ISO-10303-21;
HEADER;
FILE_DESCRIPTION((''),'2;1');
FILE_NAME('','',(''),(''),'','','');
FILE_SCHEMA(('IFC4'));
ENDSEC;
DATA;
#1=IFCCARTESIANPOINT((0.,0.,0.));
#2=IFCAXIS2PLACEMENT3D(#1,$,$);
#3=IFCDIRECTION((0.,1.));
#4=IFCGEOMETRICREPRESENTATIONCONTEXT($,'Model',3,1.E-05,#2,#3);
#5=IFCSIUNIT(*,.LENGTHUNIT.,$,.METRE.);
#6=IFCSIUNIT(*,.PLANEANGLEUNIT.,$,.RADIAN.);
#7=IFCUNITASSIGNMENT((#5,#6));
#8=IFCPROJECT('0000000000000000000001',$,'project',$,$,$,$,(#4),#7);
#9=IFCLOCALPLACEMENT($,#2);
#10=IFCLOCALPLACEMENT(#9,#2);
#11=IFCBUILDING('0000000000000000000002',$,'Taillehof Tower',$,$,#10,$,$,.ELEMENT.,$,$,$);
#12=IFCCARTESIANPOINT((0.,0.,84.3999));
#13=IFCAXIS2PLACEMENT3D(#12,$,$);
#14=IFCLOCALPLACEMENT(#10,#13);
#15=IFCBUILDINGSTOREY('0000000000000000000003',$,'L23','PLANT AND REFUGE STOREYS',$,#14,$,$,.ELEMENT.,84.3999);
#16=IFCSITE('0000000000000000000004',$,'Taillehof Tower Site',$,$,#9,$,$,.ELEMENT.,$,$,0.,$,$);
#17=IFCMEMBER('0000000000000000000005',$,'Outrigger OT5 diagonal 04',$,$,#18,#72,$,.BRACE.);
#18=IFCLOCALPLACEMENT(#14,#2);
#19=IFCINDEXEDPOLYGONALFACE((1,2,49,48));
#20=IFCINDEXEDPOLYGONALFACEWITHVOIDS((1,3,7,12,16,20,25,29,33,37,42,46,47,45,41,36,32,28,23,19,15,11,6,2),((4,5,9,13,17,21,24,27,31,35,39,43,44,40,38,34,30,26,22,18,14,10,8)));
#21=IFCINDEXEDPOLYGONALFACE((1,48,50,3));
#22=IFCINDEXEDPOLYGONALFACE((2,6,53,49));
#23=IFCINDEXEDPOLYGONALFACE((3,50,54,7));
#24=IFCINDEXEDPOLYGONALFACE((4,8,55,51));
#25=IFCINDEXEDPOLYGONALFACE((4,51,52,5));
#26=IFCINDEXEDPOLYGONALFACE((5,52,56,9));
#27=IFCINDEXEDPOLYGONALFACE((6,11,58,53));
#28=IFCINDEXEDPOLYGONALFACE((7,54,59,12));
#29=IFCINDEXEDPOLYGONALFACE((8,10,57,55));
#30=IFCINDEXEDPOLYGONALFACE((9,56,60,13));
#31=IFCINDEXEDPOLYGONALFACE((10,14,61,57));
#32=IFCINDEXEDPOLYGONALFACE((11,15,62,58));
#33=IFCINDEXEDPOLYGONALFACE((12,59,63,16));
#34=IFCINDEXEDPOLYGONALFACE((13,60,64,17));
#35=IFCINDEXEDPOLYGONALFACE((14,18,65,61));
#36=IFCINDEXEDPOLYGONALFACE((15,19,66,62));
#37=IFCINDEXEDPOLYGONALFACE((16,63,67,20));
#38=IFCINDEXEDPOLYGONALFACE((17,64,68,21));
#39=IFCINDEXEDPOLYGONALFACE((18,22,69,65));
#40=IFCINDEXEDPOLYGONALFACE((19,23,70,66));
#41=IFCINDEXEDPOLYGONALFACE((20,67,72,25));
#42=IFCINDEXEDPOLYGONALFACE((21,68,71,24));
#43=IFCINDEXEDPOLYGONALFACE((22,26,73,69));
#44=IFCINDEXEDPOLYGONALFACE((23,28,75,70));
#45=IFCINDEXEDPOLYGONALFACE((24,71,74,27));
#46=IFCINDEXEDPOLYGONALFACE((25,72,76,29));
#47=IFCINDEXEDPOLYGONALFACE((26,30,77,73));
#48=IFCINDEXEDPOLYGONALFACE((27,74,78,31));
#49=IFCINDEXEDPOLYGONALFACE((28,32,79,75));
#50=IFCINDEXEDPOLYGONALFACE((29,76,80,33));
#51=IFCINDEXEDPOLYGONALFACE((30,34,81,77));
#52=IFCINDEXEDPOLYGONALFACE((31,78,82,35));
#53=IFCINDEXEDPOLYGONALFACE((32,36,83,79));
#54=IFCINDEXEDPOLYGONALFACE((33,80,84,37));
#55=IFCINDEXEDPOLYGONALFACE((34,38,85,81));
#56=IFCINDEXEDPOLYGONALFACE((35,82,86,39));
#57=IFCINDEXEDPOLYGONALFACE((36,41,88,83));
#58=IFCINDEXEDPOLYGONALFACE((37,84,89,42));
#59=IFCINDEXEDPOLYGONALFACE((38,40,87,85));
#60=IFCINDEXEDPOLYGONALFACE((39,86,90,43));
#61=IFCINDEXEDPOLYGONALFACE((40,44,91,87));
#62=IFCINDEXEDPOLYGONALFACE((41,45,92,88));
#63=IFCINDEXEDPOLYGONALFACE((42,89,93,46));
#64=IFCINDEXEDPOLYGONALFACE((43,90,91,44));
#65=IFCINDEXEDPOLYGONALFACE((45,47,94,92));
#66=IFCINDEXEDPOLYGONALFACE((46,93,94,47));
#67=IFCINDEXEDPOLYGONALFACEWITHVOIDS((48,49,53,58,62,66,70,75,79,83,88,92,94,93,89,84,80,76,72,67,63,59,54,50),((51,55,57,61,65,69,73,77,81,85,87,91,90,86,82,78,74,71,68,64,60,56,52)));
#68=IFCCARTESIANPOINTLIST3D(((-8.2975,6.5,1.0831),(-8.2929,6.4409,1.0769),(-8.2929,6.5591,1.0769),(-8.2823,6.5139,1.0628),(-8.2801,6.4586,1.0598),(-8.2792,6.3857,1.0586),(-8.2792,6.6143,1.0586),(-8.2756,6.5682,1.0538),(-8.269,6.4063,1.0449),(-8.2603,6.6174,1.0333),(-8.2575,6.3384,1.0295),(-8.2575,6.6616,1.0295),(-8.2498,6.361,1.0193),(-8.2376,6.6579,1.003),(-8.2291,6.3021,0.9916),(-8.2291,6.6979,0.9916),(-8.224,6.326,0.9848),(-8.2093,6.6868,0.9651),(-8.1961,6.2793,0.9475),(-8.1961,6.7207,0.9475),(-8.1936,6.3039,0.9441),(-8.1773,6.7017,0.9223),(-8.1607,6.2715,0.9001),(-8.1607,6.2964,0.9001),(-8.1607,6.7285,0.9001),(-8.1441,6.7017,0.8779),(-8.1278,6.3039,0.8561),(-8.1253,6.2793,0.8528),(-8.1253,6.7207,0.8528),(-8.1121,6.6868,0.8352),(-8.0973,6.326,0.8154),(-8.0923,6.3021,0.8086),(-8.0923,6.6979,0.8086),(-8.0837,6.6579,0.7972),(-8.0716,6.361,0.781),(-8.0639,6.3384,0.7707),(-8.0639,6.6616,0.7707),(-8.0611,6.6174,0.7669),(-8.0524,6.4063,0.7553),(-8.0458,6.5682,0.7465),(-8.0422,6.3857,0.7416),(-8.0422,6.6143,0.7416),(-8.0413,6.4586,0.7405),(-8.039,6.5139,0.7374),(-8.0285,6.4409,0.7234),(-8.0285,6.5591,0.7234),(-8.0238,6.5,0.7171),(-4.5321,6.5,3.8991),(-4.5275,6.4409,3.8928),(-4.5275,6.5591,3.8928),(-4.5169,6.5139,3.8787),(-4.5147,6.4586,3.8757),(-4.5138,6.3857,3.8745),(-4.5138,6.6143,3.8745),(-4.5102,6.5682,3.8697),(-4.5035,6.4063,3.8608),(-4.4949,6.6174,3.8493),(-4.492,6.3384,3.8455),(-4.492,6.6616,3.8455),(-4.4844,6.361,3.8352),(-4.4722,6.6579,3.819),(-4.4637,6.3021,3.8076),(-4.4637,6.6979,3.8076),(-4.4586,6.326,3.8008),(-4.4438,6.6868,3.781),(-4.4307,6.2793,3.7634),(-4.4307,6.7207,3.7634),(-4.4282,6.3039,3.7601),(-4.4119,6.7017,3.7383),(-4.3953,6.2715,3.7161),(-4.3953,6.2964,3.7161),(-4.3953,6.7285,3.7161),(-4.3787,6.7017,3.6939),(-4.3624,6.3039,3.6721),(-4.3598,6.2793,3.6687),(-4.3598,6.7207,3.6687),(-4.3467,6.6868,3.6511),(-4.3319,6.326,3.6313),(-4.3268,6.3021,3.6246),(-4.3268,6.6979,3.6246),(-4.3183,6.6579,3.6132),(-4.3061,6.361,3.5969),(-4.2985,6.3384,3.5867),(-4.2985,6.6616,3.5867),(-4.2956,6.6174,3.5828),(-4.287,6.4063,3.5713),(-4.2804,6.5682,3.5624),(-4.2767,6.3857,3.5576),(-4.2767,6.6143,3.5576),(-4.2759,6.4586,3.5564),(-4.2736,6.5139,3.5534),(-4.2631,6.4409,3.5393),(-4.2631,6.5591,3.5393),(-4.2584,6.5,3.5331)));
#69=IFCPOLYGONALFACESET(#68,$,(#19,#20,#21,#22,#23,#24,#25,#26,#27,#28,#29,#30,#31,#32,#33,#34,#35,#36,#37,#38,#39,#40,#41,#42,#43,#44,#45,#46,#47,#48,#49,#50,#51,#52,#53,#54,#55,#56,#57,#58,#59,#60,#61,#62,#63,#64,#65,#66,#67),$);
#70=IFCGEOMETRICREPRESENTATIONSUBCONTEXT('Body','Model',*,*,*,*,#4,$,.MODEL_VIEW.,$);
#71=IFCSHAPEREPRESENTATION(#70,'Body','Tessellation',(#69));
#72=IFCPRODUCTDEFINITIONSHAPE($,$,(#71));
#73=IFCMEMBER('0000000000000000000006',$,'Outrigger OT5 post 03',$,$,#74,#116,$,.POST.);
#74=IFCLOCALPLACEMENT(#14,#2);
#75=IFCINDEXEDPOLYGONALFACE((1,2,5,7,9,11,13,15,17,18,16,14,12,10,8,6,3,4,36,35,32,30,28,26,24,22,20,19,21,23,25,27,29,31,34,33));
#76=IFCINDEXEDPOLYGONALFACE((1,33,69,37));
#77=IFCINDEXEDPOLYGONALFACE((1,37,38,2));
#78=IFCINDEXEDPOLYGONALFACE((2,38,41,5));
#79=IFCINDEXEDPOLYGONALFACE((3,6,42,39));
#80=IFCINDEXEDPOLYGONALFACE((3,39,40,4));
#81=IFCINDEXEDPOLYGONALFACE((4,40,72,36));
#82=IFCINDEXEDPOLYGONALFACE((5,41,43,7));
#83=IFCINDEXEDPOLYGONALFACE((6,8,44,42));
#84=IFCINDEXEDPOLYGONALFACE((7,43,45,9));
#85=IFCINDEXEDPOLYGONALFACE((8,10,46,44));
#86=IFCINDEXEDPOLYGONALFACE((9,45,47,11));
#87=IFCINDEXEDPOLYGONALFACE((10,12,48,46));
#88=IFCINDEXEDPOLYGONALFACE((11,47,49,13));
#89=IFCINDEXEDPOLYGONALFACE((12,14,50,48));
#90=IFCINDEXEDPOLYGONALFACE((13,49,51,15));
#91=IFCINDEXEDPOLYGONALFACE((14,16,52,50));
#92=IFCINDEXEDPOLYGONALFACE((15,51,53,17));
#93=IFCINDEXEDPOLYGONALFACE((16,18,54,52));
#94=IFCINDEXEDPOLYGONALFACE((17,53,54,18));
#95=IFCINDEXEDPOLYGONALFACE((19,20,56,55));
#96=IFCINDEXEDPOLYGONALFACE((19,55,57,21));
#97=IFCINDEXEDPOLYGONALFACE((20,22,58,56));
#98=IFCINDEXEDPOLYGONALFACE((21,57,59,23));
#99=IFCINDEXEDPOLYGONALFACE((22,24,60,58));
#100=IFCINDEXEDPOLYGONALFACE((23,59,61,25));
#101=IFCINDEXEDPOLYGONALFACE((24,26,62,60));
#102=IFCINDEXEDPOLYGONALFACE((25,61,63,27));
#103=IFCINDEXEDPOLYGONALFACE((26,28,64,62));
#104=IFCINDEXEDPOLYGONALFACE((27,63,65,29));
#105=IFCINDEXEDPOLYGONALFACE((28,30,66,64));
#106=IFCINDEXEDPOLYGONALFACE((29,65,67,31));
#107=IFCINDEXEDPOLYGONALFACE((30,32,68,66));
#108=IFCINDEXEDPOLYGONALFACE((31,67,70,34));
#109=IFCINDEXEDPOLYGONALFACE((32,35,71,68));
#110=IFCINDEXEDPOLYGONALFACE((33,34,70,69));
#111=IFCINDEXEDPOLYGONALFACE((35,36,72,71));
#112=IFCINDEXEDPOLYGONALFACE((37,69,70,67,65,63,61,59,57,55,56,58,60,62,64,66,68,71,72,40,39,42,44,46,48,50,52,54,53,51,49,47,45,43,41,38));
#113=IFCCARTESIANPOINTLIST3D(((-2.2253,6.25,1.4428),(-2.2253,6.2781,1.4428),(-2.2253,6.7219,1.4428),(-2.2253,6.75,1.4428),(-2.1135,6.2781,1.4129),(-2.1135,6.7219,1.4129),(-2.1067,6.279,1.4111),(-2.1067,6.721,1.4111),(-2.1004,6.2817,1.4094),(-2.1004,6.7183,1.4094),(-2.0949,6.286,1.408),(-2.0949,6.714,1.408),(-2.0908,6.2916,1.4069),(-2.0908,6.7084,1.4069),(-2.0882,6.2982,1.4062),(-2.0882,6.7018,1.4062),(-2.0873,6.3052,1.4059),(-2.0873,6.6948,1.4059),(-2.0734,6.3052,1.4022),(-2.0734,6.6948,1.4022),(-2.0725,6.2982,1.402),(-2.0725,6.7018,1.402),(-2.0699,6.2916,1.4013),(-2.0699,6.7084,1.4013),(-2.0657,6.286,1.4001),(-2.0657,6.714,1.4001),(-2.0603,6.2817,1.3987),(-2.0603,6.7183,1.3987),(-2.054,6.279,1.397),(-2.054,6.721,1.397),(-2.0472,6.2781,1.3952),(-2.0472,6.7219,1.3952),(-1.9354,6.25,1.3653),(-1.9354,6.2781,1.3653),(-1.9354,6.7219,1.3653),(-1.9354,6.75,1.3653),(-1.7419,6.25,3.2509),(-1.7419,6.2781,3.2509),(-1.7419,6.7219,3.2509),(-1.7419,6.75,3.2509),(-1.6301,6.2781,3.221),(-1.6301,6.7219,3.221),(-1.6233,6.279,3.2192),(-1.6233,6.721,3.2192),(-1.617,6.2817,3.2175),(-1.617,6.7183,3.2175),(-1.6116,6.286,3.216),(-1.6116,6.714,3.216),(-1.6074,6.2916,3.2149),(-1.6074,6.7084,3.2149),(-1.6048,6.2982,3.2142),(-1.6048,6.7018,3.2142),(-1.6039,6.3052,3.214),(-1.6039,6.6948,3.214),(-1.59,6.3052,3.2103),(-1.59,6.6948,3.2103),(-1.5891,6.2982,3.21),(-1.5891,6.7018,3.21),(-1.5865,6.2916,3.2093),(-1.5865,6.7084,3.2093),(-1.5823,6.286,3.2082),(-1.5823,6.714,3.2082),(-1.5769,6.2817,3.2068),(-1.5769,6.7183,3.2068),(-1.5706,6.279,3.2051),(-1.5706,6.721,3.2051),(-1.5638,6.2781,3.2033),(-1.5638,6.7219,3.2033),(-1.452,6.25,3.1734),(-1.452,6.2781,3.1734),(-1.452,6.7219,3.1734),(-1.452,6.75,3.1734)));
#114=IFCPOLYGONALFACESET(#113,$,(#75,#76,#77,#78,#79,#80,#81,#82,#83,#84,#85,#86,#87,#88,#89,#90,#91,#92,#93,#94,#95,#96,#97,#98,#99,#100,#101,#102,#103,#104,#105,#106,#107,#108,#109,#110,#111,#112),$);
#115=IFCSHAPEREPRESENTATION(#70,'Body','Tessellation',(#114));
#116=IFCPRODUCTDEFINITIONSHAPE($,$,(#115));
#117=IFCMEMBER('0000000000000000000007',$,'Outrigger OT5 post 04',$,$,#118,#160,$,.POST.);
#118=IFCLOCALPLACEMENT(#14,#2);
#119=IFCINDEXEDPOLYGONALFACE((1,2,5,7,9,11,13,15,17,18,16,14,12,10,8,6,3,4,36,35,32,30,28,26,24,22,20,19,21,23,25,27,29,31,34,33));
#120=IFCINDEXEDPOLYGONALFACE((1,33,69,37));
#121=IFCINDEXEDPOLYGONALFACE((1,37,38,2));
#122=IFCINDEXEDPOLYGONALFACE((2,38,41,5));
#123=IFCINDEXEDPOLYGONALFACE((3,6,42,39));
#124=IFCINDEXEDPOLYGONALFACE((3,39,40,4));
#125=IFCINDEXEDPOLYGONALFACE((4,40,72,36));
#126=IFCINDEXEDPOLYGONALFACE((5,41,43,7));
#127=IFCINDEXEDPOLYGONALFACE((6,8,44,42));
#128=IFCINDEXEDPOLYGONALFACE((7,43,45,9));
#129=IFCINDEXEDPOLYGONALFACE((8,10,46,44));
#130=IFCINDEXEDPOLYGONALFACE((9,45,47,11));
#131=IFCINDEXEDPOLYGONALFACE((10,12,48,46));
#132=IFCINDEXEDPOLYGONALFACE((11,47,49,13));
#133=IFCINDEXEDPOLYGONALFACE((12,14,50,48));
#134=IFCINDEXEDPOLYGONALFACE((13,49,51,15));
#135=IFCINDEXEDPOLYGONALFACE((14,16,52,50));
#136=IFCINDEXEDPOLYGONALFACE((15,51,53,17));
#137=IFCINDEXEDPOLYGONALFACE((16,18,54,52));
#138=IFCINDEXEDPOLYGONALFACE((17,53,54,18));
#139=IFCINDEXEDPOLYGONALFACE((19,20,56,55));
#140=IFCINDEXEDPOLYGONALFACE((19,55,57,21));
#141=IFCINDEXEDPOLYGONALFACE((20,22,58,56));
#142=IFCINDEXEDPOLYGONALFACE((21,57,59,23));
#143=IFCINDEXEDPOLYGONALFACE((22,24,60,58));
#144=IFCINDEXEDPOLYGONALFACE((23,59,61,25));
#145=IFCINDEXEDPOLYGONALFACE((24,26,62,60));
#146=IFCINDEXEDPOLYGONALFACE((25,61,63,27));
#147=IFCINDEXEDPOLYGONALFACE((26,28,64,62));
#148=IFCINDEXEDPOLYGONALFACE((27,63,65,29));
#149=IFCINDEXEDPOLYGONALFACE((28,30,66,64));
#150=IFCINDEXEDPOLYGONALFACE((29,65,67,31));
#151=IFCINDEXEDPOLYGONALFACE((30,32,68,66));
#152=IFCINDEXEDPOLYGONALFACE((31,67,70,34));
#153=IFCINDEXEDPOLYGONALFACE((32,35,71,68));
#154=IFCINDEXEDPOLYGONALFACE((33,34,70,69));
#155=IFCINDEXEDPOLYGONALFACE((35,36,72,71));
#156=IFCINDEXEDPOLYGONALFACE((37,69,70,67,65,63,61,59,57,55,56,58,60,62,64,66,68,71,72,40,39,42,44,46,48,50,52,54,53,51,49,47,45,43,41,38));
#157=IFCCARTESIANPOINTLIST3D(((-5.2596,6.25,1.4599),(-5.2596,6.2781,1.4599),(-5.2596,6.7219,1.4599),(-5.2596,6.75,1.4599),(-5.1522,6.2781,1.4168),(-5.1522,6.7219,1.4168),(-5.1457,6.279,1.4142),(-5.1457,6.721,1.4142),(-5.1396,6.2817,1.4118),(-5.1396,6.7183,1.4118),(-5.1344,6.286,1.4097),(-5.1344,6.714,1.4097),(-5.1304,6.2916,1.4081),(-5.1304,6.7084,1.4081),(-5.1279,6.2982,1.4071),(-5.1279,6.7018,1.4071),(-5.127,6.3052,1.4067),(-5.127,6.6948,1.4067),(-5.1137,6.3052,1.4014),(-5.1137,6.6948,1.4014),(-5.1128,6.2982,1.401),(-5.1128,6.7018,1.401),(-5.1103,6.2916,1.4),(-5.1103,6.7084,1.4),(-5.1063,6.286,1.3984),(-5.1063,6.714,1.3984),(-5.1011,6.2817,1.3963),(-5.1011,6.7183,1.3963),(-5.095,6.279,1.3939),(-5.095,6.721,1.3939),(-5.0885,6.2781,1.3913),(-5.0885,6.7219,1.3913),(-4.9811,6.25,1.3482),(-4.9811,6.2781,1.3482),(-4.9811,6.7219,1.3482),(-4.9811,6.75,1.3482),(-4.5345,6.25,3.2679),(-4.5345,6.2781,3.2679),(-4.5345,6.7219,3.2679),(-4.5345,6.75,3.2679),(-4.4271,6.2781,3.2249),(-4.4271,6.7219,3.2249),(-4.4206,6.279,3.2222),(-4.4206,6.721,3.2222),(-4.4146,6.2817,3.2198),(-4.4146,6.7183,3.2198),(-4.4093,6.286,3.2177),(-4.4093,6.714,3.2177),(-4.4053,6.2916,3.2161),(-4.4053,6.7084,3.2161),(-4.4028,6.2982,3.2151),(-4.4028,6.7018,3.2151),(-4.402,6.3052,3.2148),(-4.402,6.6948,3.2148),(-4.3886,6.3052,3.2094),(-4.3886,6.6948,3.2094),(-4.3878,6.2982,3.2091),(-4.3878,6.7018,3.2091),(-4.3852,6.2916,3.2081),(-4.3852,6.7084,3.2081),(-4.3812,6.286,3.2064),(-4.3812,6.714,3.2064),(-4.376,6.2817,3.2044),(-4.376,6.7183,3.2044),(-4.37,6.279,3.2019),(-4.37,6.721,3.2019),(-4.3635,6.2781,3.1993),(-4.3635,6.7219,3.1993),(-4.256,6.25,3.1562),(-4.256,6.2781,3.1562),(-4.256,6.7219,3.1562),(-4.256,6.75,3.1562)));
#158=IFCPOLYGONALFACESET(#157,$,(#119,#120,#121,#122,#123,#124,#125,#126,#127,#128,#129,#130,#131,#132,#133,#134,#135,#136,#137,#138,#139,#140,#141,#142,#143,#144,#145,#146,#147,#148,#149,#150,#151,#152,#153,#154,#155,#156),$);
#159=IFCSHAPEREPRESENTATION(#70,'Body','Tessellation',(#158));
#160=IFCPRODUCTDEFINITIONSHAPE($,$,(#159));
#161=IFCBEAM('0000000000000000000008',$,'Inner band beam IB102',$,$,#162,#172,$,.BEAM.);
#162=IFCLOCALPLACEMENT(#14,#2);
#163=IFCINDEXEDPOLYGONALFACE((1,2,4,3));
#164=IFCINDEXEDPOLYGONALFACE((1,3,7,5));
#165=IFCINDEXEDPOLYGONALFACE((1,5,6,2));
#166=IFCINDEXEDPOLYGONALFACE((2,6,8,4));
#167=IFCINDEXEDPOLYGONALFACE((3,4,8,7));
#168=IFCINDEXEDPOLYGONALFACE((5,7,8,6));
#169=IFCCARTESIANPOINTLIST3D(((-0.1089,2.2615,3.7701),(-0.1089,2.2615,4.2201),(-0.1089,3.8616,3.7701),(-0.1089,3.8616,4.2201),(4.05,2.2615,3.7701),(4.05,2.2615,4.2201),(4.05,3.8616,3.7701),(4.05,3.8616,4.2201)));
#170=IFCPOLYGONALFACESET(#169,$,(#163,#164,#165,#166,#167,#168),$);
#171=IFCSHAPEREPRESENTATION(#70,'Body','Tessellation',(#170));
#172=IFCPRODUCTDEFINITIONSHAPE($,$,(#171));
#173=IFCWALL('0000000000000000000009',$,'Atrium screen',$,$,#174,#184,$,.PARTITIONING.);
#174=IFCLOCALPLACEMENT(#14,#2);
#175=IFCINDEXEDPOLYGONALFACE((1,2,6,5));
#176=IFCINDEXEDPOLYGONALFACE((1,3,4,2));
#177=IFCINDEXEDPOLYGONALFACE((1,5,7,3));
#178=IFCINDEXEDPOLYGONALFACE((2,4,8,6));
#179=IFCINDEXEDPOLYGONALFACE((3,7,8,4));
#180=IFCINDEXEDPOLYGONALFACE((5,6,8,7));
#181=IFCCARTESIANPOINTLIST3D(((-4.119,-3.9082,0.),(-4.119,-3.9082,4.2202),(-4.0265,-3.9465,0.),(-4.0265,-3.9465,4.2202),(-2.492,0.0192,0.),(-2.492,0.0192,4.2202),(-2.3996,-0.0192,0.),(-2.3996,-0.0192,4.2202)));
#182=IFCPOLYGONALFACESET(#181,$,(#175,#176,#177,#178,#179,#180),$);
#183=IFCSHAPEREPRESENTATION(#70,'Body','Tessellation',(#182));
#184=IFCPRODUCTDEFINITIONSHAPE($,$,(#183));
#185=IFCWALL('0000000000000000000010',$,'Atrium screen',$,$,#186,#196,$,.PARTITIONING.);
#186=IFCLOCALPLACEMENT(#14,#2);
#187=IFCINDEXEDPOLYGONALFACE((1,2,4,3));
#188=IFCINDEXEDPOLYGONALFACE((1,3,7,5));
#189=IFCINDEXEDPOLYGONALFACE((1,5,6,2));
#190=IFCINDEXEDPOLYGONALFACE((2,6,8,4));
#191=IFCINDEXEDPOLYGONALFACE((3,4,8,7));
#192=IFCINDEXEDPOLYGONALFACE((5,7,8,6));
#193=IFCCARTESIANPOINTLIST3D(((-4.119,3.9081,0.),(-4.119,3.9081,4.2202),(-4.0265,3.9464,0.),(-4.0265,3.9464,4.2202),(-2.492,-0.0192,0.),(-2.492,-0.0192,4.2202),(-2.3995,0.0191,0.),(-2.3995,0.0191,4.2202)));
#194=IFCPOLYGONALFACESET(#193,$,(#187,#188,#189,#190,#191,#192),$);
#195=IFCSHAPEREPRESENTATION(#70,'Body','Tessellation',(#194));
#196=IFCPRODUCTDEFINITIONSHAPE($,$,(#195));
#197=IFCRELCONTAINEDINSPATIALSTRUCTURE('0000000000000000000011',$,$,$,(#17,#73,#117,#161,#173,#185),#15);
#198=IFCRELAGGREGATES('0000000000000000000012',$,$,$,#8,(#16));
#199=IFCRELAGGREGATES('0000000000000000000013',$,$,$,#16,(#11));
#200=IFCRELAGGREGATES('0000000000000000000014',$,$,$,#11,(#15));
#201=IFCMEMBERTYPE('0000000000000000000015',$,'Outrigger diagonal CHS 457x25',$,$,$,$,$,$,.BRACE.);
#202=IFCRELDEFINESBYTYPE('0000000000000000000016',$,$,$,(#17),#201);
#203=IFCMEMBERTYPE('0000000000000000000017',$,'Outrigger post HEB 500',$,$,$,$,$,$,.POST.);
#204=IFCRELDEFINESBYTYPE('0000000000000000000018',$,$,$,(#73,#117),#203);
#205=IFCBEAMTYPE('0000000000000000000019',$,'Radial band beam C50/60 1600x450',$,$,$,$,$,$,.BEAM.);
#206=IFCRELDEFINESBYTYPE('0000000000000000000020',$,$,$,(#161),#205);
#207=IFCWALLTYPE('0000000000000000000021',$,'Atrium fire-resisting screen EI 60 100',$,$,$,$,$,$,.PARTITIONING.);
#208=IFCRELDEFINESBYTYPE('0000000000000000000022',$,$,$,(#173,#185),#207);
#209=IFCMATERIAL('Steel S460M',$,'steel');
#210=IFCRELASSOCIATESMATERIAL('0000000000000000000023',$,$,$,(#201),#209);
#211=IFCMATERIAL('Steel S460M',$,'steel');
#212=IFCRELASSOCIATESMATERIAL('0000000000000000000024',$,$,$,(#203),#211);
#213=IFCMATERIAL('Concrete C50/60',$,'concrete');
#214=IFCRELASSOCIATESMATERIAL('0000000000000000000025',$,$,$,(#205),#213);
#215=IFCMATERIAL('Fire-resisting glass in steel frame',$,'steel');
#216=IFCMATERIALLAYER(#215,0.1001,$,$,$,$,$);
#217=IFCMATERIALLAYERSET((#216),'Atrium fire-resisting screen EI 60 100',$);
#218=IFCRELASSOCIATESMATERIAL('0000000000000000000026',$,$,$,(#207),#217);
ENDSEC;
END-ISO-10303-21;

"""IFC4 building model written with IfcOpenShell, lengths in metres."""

from ifc_helpers import new_model, si_unit, direction, frame, frame_2d, origin, origin_2d, place, context, subcontext, project, spatial, rectangle, hollow_circle, i_section, extrude, material, layer, layer_set, material_profile, profile_set, type_object, element, save


model = new_model("IFC4")

# Units and contexts
model_context = context("Model", 3, precision=1e-05, world=origin(), true_north=direction((0.0, 1.0)))
body_context = subcontext(model_context, "Body", "Model", "MODEL_VIEW")
ifc_project = project(units=[si_unit("LENGTHUNIT", "METRE"), si_unit("PLANEANGLEUNIT", "RADIAN")], contexts=[model_context])

# Site, building, storey
site_placement = place(None, origin())
site = spatial("IfcSite", under=ifc_project, at=site_placement, Name="Taillehof Tower Site", CompositionType="ELEMENT", RefElevation=0.0)
building_placement = place(site_placement, origin())
building = spatial("IfcBuilding", under=site, at=building_placement, Name="Taillehof Tower", CompositionType="ELEMENT")
storey_placement = place(building_placement, frame((0.0, 0.0, 84.3999)))
storey = spatial("IfcBuildingStorey", under=building, at=storey_placement, Name="L23", Description="PLANT AND REFUGE STOREYS", CompositionType="ELEMENT", Elevation=84.3999)

# Members
ifc_material_1 = material(Name="Steel S460M", Category="steel")
ifc_material_profile_1 = material_profile(ifc_material_1, hollow_circle(Radius=0.2285, WallThickness=0.0249, at=origin_2d()), Name="CHS 457x25")
ifc_profile_set_1 = profile_set([ifc_material_profile_1], Name="Steel S460M")
member_type_1 = type_object("IfcMemberType", Name="Outrigger diagonal CHS 457x25", PredefinedType="BRACE", material=ifc_profile_set_1)
member_1_placement = place(storey_placement, frame((-4.3953, 6.5, 3.7161), z_axis=(-0.800828, 0.0, -0.598894), x_axis=(0.0, -1.0, 0.0)))
element("IfcMember", 1, at=member_1_placement, inside=storey, type_object=member_type_1, Name="Outrigger OT5 diagonal 04", PredefinedType="BRACE", context=body_context, shape_type="SweptSolid", body=[
    extrude(hollow_circle(Radius=0.2285, WallThickness=0.0249, at=origin_2d()), origin(), (0.0, 0.0, 1.0), 4.7019),
])
ifc_material_2 = material(Name="Steel S460M", Category="steel")
ifc_material_profile_2 = material_profile(ifc_material_2, i_section(OverallWidth=0.3, OverallDepth=0.5, WebThickness=0.0144, FlangeThickness=0.0281, FilletRadius=0.0271, at=origin_2d()), Name="HEB 500")
ifc_profile_set_2 = profile_set([ifc_material_profile_2], Name="Steel S460M")
member_type_2 = type_object("IfcMemberType", Name="Outrigger post HEB 500", PredefinedType="POST", material=ifc_profile_set_2)
member_2_placement = place(storey_placement, frame((-2.0803, 6.5, 1.4041), z_axis=(0.25828, 0.0, 0.96607), x_axis=(-0.96607, 0.0, 0.25828)))
element("IfcMember", 2, at=member_2_placement, inside=storey, type_object=member_type_2, Name="Outrigger OT5 post 03", PredefinedType="POST", context=body_context, shape_type="SweptSolid", body=[
    extrude(i_section(OverallWidth=0.3, OverallDepth=0.5, WebThickness=0.0144, FlangeThickness=0.0281, FilletRadius=0.0271, at=origin_2d()), origin(), (0.0, 0.0, 1.0), 1.8716),
])
member_3_placement = place(storey_placement, frame((-5.1204, 6.5, 1.4041), z_axis=(0.372212, 0.0, 0.928148), x_axis=(-0.928148, 0.0, 0.372212)))
element("IfcMember", 3, at=member_3_placement, inside=storey, type_object=member_type_2, Name="Outrigger OT5 post 04", PredefinedType="POST", context=body_context, shape_type="SweptSolid", body=[
    extrude(i_section(OverallWidth=0.3, OverallDepth=0.5, WebThickness=0.0144, FlangeThickness=0.0281, FilletRadius=0.0271, at=origin_2d()), origin(), (0.0, 0.0, 1.0), 1.948),
])

# Beam
ifc_material_3 = material(Name="Concrete C50/60", Category="concrete")
ifc_material_profile_3 = material_profile(ifc_material_3, rectangle(XDim=1.6001, YDim=0.45, at=origin_2d()), Name="RC 1600x450")
ifc_profile_set_3 = profile_set([ifc_material_profile_3], Name="Concrete C50/60")
beam_type = type_object("IfcBeamType", Name="Radial band beam C50/60 1600x450", PredefinedType="BEAM", material=ifc_profile_set_3)
beam_placement = place(storey_placement, frame((-0.1089, 3.0615, 3.9951), z_axis=(1.0, 0.0, 0.0), x_axis=(0.0, 1.0, 0.0)))
element("IfcBeam", 4, at=beam_placement, inside=storey, type_object=beam_type, Name="Inner band beam IB102", PredefinedType="BEAM", context=body_context, shape_type="SweptSolid", body=[
    extrude(rectangle(XDim=1.6001, YDim=0.45, at=origin_2d()), origin(), (0.0, 0.0, 1.0), 4.1589),
])

# Walls
ifc_material_4 = material(Name="Fire-resisting glass in steel frame", Category="steel")
ifc_layer_1 = layer(ifc_material_4, 0.1001)
ifc_layer_set_1 = layer_set([ifc_layer_1], Name="Atrium fire-resisting screen EI 60 100")
wall_type_1 = type_object("IfcWallType", Name="Atrium fire-resisting screen EI 60 100", PredefinedType="PARTITIONING", material=ifc_layer_set_1)
for number, where, z_axis, x_axis, name in (
    (5, (-2.4458, 0.0, 0.0), (0.0, 0.0, 1.0), (-0.382731, -0.92386, 0.0), "Atrium screen"),
    (6, (-4.0728, 3.9272, 0.0), (0.0, 0.0, 1.0), (0.382731, -0.92386, 0.0), "Atrium screen"),
):
    element("IfcWall", number, at=place(storey_placement, frame(where, z_axis=z_axis, x_axis=x_axis)), inside=storey, type_object=wall_type_1, Name=name, PredefinedType="PARTITIONING", context=body_context, shape_type="SweptSolid", body=[
        extrude(rectangle(XDim=4.251, YDim=0.1001, at=frame_2d((2.1255, 0.0))), origin(), (0.0, 0.0, 1.0), 4.2202),
    ])

save(model, "model.ifc")
